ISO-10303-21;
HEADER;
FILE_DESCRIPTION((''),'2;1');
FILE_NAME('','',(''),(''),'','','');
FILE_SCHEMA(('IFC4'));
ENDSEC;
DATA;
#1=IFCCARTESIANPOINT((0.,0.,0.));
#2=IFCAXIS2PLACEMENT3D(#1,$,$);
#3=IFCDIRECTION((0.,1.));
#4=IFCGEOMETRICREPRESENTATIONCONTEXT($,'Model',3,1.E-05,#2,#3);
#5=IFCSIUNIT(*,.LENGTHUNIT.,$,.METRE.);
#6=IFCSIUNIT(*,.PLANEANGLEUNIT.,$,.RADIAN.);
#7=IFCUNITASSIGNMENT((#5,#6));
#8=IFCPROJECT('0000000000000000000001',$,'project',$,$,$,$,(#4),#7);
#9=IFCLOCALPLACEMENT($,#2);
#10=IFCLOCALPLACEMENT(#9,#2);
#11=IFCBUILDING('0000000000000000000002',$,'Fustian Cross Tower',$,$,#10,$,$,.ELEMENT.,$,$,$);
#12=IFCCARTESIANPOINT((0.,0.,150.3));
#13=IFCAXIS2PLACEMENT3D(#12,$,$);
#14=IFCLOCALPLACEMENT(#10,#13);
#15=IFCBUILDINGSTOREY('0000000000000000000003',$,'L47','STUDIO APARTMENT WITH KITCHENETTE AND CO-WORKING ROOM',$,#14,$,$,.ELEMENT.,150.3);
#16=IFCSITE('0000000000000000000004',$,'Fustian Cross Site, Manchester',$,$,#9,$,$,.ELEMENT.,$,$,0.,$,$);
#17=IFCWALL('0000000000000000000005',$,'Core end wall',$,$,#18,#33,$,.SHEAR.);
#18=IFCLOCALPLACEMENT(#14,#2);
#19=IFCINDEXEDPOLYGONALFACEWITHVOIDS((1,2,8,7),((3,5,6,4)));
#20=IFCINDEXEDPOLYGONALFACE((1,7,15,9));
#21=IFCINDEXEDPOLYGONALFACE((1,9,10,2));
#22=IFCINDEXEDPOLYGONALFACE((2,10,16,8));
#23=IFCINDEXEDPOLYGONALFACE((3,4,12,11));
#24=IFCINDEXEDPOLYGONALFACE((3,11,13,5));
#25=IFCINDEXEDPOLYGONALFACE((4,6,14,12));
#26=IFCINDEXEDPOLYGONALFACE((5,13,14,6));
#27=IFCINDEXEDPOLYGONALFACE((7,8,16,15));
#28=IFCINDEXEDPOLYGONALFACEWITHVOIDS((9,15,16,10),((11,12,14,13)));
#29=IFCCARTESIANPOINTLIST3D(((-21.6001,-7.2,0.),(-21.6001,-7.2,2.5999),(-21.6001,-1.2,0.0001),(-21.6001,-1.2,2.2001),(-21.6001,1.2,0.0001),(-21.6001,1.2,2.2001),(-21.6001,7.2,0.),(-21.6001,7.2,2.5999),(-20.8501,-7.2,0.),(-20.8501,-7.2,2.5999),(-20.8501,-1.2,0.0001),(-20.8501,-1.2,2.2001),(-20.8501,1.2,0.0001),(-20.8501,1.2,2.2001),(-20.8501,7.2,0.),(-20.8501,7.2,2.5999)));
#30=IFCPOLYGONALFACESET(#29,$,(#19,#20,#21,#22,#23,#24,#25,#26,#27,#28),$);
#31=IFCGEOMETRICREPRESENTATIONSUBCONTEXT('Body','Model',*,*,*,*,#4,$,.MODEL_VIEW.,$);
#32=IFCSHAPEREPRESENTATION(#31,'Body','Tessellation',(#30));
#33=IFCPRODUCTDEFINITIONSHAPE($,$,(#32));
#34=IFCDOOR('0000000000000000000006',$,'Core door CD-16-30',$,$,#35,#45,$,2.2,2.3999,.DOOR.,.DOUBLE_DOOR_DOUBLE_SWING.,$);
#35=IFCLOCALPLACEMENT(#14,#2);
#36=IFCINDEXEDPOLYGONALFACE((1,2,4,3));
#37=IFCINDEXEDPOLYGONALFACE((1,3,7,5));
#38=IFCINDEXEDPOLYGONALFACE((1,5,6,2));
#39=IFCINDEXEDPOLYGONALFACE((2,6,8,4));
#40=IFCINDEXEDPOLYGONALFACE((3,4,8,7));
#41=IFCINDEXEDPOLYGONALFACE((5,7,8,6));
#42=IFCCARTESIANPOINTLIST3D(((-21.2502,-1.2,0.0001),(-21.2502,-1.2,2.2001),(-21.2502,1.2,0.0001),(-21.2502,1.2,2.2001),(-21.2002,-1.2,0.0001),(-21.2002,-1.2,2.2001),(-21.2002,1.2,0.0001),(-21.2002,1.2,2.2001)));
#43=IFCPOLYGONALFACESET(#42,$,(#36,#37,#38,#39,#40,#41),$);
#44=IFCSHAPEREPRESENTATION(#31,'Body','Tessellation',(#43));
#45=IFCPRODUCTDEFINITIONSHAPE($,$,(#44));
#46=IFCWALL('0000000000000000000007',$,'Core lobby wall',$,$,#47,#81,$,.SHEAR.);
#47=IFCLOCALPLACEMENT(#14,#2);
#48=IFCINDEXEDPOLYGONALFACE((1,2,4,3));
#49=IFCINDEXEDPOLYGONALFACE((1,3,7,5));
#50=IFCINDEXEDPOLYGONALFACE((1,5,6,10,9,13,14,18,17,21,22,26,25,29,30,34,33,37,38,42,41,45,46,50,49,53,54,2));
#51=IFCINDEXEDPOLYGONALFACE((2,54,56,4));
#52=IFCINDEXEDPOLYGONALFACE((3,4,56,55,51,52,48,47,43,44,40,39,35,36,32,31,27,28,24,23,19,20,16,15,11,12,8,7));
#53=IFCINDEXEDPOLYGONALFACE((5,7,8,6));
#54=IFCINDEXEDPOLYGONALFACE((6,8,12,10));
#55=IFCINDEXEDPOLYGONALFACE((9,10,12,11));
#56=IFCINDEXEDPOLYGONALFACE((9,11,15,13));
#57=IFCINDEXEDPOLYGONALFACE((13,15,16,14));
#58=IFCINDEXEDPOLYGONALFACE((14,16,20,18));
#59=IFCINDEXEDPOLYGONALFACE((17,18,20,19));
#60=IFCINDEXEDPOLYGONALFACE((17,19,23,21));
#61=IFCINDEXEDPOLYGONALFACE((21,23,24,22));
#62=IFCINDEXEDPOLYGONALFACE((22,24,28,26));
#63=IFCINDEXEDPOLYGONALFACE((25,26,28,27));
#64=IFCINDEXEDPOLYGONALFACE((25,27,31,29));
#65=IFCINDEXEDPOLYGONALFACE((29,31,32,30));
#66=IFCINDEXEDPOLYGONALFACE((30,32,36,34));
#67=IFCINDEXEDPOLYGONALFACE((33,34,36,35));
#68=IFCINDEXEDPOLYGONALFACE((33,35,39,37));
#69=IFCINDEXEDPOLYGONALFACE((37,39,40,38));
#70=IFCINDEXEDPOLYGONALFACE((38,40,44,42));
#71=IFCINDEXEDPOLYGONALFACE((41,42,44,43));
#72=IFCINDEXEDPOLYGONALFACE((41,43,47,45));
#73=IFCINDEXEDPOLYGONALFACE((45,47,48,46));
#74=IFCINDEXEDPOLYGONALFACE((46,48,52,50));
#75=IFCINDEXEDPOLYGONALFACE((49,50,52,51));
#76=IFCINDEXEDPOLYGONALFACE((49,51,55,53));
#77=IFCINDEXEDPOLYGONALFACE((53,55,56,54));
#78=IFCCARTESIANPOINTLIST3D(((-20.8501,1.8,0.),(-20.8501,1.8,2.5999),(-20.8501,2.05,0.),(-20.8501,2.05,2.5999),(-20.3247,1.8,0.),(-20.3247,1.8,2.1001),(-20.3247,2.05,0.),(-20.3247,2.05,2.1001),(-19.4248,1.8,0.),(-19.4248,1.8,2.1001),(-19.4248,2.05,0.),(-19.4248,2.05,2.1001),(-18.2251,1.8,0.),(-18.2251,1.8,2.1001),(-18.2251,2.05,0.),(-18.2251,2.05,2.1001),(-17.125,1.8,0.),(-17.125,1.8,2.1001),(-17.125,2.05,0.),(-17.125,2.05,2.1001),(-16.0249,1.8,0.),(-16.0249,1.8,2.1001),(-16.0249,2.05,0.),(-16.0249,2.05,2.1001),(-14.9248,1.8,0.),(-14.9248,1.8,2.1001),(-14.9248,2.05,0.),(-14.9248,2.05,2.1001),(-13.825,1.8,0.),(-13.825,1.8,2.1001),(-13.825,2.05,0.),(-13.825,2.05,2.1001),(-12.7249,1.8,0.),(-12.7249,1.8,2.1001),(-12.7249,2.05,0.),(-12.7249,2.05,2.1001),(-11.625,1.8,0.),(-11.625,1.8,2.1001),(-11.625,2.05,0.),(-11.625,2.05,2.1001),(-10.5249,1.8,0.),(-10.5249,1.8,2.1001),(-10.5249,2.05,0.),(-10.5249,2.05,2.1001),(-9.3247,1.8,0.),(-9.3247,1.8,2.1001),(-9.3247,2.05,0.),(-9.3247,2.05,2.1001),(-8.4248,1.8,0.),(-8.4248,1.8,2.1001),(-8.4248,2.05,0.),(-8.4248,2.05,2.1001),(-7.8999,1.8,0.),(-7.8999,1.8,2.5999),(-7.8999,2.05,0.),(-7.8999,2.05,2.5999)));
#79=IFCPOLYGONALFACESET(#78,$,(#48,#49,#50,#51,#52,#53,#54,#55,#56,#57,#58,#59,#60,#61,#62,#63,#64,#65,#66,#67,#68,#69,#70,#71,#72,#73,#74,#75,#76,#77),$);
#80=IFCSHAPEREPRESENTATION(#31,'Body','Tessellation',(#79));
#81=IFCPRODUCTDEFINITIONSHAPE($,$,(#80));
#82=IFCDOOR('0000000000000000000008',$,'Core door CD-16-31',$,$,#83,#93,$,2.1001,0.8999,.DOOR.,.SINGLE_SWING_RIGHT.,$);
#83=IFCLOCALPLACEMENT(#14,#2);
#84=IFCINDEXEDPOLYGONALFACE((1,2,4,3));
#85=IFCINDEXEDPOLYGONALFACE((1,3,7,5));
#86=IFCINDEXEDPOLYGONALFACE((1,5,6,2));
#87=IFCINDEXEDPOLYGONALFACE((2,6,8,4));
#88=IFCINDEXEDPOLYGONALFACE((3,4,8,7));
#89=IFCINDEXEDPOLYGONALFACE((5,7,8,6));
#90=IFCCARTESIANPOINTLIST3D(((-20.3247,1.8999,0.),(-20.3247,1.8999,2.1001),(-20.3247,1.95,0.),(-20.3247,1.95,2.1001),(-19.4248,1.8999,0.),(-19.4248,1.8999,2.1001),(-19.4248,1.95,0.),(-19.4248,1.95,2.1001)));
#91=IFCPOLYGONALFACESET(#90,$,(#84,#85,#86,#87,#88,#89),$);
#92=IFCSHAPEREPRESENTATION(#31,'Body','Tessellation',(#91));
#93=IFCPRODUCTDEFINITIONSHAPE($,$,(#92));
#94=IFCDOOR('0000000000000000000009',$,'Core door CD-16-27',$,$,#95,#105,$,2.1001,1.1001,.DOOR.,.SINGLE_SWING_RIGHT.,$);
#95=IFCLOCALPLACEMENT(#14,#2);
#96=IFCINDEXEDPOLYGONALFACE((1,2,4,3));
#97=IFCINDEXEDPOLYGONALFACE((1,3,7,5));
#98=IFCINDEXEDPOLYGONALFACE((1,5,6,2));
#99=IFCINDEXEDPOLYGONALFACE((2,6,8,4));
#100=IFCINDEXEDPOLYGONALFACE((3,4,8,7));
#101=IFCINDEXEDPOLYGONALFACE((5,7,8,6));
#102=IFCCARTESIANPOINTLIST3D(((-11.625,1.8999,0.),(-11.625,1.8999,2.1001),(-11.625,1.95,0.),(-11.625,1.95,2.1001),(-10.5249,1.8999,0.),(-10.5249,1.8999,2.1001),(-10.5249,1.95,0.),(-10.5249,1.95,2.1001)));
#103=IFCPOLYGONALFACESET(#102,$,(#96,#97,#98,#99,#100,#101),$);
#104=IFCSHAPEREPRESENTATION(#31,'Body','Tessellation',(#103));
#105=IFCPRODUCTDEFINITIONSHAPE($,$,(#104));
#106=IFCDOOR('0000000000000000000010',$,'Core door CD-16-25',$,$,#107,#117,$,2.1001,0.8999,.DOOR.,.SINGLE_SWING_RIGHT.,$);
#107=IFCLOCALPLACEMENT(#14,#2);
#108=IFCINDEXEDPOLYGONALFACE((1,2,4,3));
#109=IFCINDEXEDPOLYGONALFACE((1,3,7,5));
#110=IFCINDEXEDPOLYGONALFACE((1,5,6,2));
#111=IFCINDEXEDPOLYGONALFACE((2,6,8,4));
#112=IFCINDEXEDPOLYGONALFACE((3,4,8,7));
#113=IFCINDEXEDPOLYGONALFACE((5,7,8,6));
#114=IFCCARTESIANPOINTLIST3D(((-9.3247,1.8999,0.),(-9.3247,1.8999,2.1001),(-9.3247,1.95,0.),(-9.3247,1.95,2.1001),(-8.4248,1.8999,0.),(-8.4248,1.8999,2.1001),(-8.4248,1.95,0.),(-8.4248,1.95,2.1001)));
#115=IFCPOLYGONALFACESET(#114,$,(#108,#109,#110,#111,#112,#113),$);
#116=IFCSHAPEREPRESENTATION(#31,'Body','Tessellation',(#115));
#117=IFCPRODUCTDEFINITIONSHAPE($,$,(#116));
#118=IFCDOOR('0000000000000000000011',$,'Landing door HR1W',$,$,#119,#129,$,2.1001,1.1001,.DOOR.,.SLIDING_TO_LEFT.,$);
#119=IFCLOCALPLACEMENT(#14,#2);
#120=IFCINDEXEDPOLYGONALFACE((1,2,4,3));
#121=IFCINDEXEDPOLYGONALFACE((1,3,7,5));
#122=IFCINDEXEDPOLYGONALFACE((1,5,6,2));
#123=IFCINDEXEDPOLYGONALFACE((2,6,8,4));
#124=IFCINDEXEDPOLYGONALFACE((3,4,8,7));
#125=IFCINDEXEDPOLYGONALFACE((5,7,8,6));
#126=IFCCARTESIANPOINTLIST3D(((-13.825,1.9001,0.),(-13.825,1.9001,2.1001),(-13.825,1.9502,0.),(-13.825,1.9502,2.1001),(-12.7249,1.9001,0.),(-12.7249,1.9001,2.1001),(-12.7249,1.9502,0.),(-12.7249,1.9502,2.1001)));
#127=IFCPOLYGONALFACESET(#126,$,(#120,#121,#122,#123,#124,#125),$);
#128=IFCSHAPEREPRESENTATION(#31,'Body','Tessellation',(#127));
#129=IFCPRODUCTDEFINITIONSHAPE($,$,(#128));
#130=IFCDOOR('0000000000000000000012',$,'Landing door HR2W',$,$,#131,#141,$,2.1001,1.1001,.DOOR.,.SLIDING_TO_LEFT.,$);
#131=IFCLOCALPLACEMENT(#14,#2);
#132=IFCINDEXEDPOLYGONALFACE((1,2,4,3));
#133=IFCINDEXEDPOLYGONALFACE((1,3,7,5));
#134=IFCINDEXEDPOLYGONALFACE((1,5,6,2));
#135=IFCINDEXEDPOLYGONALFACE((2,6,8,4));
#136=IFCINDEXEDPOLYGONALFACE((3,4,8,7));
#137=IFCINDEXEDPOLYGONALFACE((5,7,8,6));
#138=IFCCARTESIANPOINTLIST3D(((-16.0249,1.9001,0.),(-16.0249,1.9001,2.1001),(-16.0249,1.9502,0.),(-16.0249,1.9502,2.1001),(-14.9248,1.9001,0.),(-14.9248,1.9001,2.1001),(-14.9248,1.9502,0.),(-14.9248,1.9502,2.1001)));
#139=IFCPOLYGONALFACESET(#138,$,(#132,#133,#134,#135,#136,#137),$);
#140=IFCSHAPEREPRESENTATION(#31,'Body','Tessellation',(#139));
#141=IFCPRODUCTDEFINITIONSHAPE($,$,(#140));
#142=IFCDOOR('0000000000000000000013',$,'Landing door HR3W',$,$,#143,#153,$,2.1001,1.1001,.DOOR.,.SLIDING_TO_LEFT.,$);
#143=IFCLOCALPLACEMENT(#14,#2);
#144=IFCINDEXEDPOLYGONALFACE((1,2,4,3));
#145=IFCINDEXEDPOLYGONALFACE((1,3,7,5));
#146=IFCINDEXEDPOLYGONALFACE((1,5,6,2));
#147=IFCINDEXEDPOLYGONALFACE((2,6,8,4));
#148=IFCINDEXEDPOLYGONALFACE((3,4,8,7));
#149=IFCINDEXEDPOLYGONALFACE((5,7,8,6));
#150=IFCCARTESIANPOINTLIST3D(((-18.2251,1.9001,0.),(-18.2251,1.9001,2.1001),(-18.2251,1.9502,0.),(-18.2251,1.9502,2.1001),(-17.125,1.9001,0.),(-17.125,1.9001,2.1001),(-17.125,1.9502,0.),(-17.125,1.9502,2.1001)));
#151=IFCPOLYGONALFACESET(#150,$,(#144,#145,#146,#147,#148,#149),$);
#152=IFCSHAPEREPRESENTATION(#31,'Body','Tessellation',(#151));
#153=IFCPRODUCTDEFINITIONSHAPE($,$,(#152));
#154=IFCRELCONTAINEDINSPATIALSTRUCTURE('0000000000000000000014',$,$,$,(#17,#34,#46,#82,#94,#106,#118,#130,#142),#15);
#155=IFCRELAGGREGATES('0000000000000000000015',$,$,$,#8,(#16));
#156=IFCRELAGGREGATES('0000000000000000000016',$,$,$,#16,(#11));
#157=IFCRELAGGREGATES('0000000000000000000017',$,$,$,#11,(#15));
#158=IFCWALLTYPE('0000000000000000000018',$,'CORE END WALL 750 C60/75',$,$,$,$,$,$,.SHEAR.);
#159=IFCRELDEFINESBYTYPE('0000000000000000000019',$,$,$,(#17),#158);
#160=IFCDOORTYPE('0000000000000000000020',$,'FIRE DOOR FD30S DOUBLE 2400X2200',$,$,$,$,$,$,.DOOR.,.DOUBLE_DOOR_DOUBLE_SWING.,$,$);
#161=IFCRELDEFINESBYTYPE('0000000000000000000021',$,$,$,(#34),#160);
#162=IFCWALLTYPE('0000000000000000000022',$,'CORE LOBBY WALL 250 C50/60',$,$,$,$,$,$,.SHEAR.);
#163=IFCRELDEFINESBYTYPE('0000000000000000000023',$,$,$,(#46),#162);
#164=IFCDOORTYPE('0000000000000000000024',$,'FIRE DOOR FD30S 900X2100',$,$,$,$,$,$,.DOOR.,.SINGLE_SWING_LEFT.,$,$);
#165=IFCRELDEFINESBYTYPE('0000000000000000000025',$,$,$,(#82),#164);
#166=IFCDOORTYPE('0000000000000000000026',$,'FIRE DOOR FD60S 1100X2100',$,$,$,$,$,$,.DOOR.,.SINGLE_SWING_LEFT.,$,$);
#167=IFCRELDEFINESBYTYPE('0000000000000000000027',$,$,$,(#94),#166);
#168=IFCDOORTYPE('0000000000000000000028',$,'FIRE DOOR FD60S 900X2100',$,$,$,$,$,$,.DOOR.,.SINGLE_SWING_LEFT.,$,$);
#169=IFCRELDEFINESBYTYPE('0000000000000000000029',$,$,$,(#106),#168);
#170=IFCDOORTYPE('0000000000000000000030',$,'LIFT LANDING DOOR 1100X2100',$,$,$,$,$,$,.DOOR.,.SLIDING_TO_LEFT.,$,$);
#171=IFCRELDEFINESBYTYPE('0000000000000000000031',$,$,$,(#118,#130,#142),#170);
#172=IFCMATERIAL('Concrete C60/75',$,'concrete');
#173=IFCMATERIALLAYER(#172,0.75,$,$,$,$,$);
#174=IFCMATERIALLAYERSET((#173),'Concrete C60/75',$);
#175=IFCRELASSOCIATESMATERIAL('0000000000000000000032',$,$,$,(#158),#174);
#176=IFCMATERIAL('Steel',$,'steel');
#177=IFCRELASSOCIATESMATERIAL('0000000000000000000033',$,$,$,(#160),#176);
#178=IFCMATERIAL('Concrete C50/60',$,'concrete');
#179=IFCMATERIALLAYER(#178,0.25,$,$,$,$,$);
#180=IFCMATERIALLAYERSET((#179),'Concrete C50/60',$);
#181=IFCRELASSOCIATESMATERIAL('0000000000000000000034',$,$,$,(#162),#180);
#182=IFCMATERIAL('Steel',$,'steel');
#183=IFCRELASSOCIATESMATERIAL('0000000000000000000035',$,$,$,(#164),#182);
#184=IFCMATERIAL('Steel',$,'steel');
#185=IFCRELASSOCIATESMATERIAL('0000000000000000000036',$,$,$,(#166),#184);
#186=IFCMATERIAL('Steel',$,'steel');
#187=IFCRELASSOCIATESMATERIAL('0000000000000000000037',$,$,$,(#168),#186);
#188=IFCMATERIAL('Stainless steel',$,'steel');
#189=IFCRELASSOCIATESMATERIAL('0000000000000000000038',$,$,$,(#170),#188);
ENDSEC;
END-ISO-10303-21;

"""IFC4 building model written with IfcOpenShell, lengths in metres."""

from ifc_helpers import new_model, si_unit, direction, frame, frame_2d, origin, place, context, subcontext, project, spatial, rectangle, extrude, material, layer, layer_set, type_object, element, fill, save


model = new_model("IFC4")

# Units and contexts
model_context = context("Model", 3, precision=1e-05, world=origin(), true_north=direction((0.0, 1.0)))
body_context = subcontext(model_context, "Body", "Model", "MODEL_VIEW")
ifc_project = project(units=[si_unit("LENGTHUNIT", "METRE"), si_unit("PLANEANGLEUNIT", "RADIAN")], contexts=[model_context])

# Site, building, storey
site_placement = place(None, origin())
site = spatial("IfcSite", under=ifc_project, at=site_placement, Name="Fustian Cross Site, Manchester", CompositionType="ELEMENT", RefElevation=0.0)
building_placement = place(site_placement, origin())
building = spatial("IfcBuilding", under=site, at=building_placement, Name="Fustian Cross Tower", CompositionType="ELEMENT")
storey_placement = place(building_placement, frame((0.0, 0.0, 150.3)))
storey = spatial("IfcBuildingStorey", under=building, at=storey_placement, Name="L47", Description="STUDIO APARTMENT WITH KITCHENETTE AND CO-WORKING ROOM", CompositionType="ELEMENT", Elevation=150.3)

# Wall, opening, door
ifc_material_1 = material(Name="Concrete C60/75", Category="concrete")
ifc_layer_1 = layer(ifc_material_1, 0.75)
ifc_layer_set_1 = layer_set([ifc_layer_1], Name="Concrete C60/75")
wall_type_1 = type_object("IfcWallType", Name="CORE END WALL 750 C60/75", PredefinedType="SHEAR", material=ifc_layer_set_1)
wall_1_placement = place(storey_placement, frame((-21.2251, -7.2, 0.0), z_axis=(0.0, 0.0, 1.0), x_axis=(0.0, 1.0, 0.0)))
wall_1 = element("IfcWall", 1, at=wall_1_placement, inside=storey, type_object=wall_type_1, Name="Core end wall", PredefinedType="SHEAR", context=body_context, shape_type="SweptSolid", body=[
    extrude(rectangle(XDim=14.3999, YDim=0.75, at=frame_2d((7.2, 0.0))), origin(), (0.0, 0.0, 1.0), 2.5999),
])
opening_1_placement = place(wall_1_placement, frame((6.0, 0.0, 0.0)))
opening_1 = element("IfcOpeningElement", 2, at=opening_1_placement, cuts=wall_1, PredefinedType="OPENING", context=body_context, shape_type="SweptSolid", body=[
    extrude(rectangle(XDim=2.3999, YDim=2.2, at=frame_2d((1.2, 1.1001))), frame((0.0, 0.385, 0.0), z_axis=(0.0, -1.0, 0.0), x_axis=(1.0, 0.0, 0.0)), (0.0, 0.0, 1.0), 0.77),
])
ifc_material_2 = material(Name="Steel", Category="steel")
door_type_1 = type_object("IfcDoorType", Name="FIRE DOOR FD30S DOUBLE 2400X2200", OperationType="DOUBLE_DOOR_DOUBLE_SWING", PredefinedType="DOOR", material=ifc_material_2)
door_1_placement = place(opening_1_placement, frame((2.3999, 0.0, 0.0), z_axis=(0.0, 0.0, 1.0), x_axis=(-1.0, 0.0, 0.0)))
door_1 = element("IfcDoor", 3, at=door_1_placement, inside=storey, type_object=door_type_1, Name="Core door CD-16-30", OperationType="DOUBLE_DOOR_DOUBLE_SWING", OverallHeight=2.2, OverallWidth=2.3999, PredefinedType="DOOR", context=body_context, shape_type="SweptSolid", body=[
    extrude(rectangle(XDim=2.3999, YDim=2.2, at=frame_2d((1.2, 1.1001))), frame((0.0, 0.0249, 0.0), z_axis=(0.0, -1.0, 0.0), x_axis=(1.0, 0.0, 0.0)), (0.0, 0.0, 1.0), 0.05),
])
fill(opening_1, door_1)

# Wall, openings, doors
ifc_material_3 = material(Name="Concrete C50/60", Category="concrete")
ifc_layer_2 = layer(ifc_material_3, 0.25)
ifc_layer_set_2 = layer_set([ifc_layer_2], Name="Concrete C50/60")
wall_type_2 = type_object("IfcWallType", Name="CORE LOBBY WALL 250 C50/60", PredefinedType="SHEAR", material=ifc_layer_set_2)
wall_2_placement = place(storey_placement, frame((-7.8999, 1.925, 0.0), z_axis=(0.0, 0.0, 1.0), x_axis=(-1.0, 0.0, 0.0)))
wall_2 = element("IfcWall", 4, at=wall_2_placement, inside=storey, type_object=wall_type_2, Name="Core lobby wall", PredefinedType="SHEAR", context=body_context, shape_type="SweptSolid", body=[
    extrude(rectangle(XDim=12.9502, YDim=0.25, at=frame_2d((6.4751, 0.0))), origin(), (0.0, 0.0, 1.0), 2.5999),
])
opening_2_placement = place(wall_2_placement, frame((4.825, 0.0, 0.0)))
opening_2 = element("IfcOpeningElement", 5, at=opening_2_placement, cuts=wall_2, PredefinedType="OPENING", context=body_context, shape_type="SweptSolid", body=[
    extrude(rectangle(XDim=1.1001, YDim=2.1001, at=frame_2d((0.55, 1.05))), frame((0.0, 0.135, 0.0), z_axis=(0.0, -1.0, 0.0), x_axis=(1.0, 0.0, 0.0)), (0.0, 0.0, 1.0), 0.27),
])
opening_3_placement = place(wall_2_placement, frame((7.0249, 0.0, 0.0)))
opening_3 = element("IfcOpeningElement", 6, at=opening_3_placement, cuts=wall_2, PredefinedType="OPENING", context=body_context, shape_type="SweptSolid", body=[
    extrude(rectangle(XDim=1.1001, YDim=2.1001, at=frame_2d((0.55, 1.05))), frame((0.0, 0.135, 0.0), z_axis=(0.0, -1.0, 0.0), x_axis=(1.0, 0.0, 0.0)), (0.0, 0.0, 1.0), 0.27),
])
opening_4_placement = place(wall_2_placement, frame((9.2251, 0.0, 0.0)))
opening_4 = element("IfcOpeningElement", 7, at=opening_4_placement, cuts=wall_2, PredefinedType="OPENING", context=body_context, shape_type="SweptSolid", body=[
    extrude(rectangle(XDim=1.1001, YDim=2.1001, at=frame_2d((0.55, 1.05))), frame((0.0, 0.135, 0.0), z_axis=(0.0, -1.0, 0.0), x_axis=(1.0, 0.0, 0.0)), (0.0, 0.0, 1.0), 0.27),
])
opening_5_placement = place(wall_2_placement, frame((0.5249, 0.0, 0.0)))
opening_5 = element("IfcOpeningElement", 8, at=opening_5_placement, cuts=wall_2, PredefinedType="OPENING", context=body_context, shape_type="SweptSolid", body=[
    extrude(rectangle(XDim=0.8999, YDim=2.1001, at=frame_2d((0.45, 1.05))), frame((0.0, 0.135, 0.0), z_axis=(0.0, -1.0, 0.0), x_axis=(1.0, 0.0, 0.0)), (0.0, 0.0, 1.0), 0.27),
])
opening_6_placement = place(wall_2_placement, frame((2.625, 0.0, 0.0)))
opening_6 = element("IfcOpeningElement", 9, at=opening_6_placement, cuts=wall_2, PredefinedType="OPENING", context=body_context, shape_type="SweptSolid", body=[
    extrude(rectangle(XDim=1.1001, YDim=2.1001, at=frame_2d((0.55, 1.05))), frame((0.0, 0.135, 0.0), z_axis=(0.0, -1.0, 0.0), x_axis=(1.0, 0.0, 0.0)), (0.0, 0.0, 1.0), 0.27),
])
opening_7_placement = place(wall_2_placement, frame((11.5249, 0.0, 0.0)))
opening_7 = element("IfcOpeningElement", 10, at=opening_7_placement, cuts=wall_2, PredefinedType="OPENING", context=body_context, shape_type="SweptSolid", body=[
    extrude(rectangle(XDim=0.8999, YDim=2.1001, at=frame_2d((0.45, 1.05))), frame((0.0, 0.135, 0.0), z_axis=(0.0, -1.0, 0.0), x_axis=(1.0, 0.0, 0.0)), (0.0, 0.0, 1.0), 0.27),
])
ifc_material_4 = material(Name="Steel", Category="steel")
door_type_2 = type_object("IfcDoorType", Name="FIRE DOOR FD30S 900X2100", OperationType="SINGLE_SWING_LEFT", PredefinedType="DOOR", material=ifc_material_4)
door_2_placement = place(opening_7_placement, frame((0.8999, 0.0, 0.0), z_axis=(0.0, 0.0, 1.0), x_axis=(-1.0, 0.0, 0.0)))
door_2 = element("IfcDoor", 11, at=door_2_placement, inside=storey, type_object=door_type_2, Name="Core door CD-16-31", OperationType="SINGLE_SWING_RIGHT", OverallHeight=2.1001, OverallWidth=0.8999, PredefinedType="DOOR", context=body_context, shape_type="SweptSolid", body=[
    extrude(rectangle(XDim=0.8999, YDim=2.1001, at=frame_2d((0.45, 1.05))), frame((0.0, 0.0249, 0.0), z_axis=(0.0, -1.0, 0.0), x_axis=(1.0, 0.0, 0.0)), (0.0, 0.0, 1.0), 0.05),
])
fill(opening_7, door_2)
ifc_material_5 = material(Name="Steel", Category="steel")
door_type_3 = type_object("IfcDoorType", Name="FIRE DOOR FD60S 1100X2100", OperationType="SINGLE_SWING_LEFT", PredefinedType="DOOR", material=ifc_material_5)
door_3_placement = place(opening_6_placement, frame((1.1001, 0.0, 0.0), z_axis=(0.0, 0.0, 1.0), x_axis=(-1.0, 0.0, 0.0)))
door_3 = element("IfcDoor", 12, at=door_3_placement, inside=storey, type_object=door_type_3, Name="Core door CD-16-27", OperationType="SINGLE_SWING_RIGHT", OverallHeight=2.1001, OverallWidth=1.1001, PredefinedType="DOOR", context=body_context, shape_type="SweptSolid", body=[
    extrude(rectangle(XDim=1.1001, YDim=2.1001, at=frame_2d((0.55, 1.05))), frame((0.0, 0.0249, 0.0), z_axis=(0.0, -1.0, 0.0), x_axis=(1.0, 0.0, 0.0)), (0.0, 0.0, 1.0), 0.05),
])
fill(opening_6, door_3)
ifc_material_6 = material(Name="Steel", Category="steel")
door_type_4 = type_object("IfcDoorType", Name="FIRE DOOR FD60S 900X2100", OperationType="SINGLE_SWING_LEFT", PredefinedType="DOOR", material=ifc_material_6)
door_4_placement = place(opening_5_placement, frame((0.8999, 0.0, 0.0), z_axis=(0.0, 0.0, 1.0), x_axis=(-1.0, 0.0, 0.0)))
door_4 = element("IfcDoor", 13, at=door_4_placement, inside=storey, type_object=door_type_4, Name="Core door CD-16-25", OperationType="SINGLE_SWING_RIGHT", OverallHeight=2.1001, OverallWidth=0.8999, PredefinedType="DOOR", context=body_context, shape_type="SweptSolid", body=[
    extrude(rectangle(XDim=0.8999, YDim=2.1001, at=frame_2d((0.45, 1.05))), frame((0.0, 0.0249, 0.0), z_axis=(0.0, -1.0, 0.0), x_axis=(1.0, 0.0, 0.0)), (0.0, 0.0, 1.0), 0.05),
])
fill(opening_5, door_4)
ifc_material_7 = material(Name="Stainless steel", Category="steel")
door_type_5 = type_object("IfcDoorType", Name="LIFT LANDING DOOR 1100X2100", OperationType="SLIDING_TO_LEFT", PredefinedType="DOOR", material=ifc_material_7)
door_5_placement = place(opening_2_placement, origin())
door_5 = element("IfcDoor", 14, at=door_5_placement, inside=storey, type_object=door_type_5, Name="Landing door HR1W", OperationType="SLIDING_TO_LEFT", OverallHeight=2.1001, OverallWidth=1.1001, PredefinedType="DOOR", context=body_context, shape_type="SweptSolid", body=[
    extrude(rectangle(XDim=1.1001, YDim=2.1001, at=frame_2d((0.55, 1.05))), frame((0.0, 0.0249, 0.0), z_axis=(0.0, -1.0, 0.0), x_axis=(1.0, 0.0, 0.0)), (0.0, 0.0, 1.0), 0.05),
])
fill(opening_2, door_5)
door_6_placement = place(opening_3_placement, origin())
door_6 = element("IfcDoor", 15, at=door_6_placement, inside=storey, type_object=door_type_5, Name="Landing door HR2W", OperationType="SLIDING_TO_LEFT", OverallHeight=2.1001, OverallWidth=1.1001, PredefinedType="DOOR", context=body_context, shape_type="SweptSolid", body=[
    extrude(rectangle(XDim=1.1001, YDim=2.1001, at=frame_2d((0.55, 1.05))), frame((0.0, 0.0249, 0.0), z_axis=(0.0, -1.0, 0.0), x_axis=(1.0, 0.0, 0.0)), (0.0, 0.0, 1.0), 0.05),
])
fill(opening_3, door_6)
door_7_placement = place(opening_4_placement, origin())
door_7 = element("IfcDoor", 16, at=door_7_placement, inside=storey, type_object=door_type_5, Name="Landing door HR3W", OperationType="SLIDING_TO_LEFT", OverallHeight=2.1001, OverallWidth=1.1001, PredefinedType="DOOR", context=body_context, shape_type="SweptSolid", body=[
    extrude(rectangle(XDim=1.1001, YDim=2.1001, at=frame_2d((0.55, 1.05))), frame((0.0, 0.0249, 0.0), z_axis=(0.0, -1.0, 0.0), x_axis=(1.0, 0.0, 0.0)), (0.0, 0.0, 1.0), 0.05),
])
fill(opening_4, door_7)

save(model, "model.ifc")
